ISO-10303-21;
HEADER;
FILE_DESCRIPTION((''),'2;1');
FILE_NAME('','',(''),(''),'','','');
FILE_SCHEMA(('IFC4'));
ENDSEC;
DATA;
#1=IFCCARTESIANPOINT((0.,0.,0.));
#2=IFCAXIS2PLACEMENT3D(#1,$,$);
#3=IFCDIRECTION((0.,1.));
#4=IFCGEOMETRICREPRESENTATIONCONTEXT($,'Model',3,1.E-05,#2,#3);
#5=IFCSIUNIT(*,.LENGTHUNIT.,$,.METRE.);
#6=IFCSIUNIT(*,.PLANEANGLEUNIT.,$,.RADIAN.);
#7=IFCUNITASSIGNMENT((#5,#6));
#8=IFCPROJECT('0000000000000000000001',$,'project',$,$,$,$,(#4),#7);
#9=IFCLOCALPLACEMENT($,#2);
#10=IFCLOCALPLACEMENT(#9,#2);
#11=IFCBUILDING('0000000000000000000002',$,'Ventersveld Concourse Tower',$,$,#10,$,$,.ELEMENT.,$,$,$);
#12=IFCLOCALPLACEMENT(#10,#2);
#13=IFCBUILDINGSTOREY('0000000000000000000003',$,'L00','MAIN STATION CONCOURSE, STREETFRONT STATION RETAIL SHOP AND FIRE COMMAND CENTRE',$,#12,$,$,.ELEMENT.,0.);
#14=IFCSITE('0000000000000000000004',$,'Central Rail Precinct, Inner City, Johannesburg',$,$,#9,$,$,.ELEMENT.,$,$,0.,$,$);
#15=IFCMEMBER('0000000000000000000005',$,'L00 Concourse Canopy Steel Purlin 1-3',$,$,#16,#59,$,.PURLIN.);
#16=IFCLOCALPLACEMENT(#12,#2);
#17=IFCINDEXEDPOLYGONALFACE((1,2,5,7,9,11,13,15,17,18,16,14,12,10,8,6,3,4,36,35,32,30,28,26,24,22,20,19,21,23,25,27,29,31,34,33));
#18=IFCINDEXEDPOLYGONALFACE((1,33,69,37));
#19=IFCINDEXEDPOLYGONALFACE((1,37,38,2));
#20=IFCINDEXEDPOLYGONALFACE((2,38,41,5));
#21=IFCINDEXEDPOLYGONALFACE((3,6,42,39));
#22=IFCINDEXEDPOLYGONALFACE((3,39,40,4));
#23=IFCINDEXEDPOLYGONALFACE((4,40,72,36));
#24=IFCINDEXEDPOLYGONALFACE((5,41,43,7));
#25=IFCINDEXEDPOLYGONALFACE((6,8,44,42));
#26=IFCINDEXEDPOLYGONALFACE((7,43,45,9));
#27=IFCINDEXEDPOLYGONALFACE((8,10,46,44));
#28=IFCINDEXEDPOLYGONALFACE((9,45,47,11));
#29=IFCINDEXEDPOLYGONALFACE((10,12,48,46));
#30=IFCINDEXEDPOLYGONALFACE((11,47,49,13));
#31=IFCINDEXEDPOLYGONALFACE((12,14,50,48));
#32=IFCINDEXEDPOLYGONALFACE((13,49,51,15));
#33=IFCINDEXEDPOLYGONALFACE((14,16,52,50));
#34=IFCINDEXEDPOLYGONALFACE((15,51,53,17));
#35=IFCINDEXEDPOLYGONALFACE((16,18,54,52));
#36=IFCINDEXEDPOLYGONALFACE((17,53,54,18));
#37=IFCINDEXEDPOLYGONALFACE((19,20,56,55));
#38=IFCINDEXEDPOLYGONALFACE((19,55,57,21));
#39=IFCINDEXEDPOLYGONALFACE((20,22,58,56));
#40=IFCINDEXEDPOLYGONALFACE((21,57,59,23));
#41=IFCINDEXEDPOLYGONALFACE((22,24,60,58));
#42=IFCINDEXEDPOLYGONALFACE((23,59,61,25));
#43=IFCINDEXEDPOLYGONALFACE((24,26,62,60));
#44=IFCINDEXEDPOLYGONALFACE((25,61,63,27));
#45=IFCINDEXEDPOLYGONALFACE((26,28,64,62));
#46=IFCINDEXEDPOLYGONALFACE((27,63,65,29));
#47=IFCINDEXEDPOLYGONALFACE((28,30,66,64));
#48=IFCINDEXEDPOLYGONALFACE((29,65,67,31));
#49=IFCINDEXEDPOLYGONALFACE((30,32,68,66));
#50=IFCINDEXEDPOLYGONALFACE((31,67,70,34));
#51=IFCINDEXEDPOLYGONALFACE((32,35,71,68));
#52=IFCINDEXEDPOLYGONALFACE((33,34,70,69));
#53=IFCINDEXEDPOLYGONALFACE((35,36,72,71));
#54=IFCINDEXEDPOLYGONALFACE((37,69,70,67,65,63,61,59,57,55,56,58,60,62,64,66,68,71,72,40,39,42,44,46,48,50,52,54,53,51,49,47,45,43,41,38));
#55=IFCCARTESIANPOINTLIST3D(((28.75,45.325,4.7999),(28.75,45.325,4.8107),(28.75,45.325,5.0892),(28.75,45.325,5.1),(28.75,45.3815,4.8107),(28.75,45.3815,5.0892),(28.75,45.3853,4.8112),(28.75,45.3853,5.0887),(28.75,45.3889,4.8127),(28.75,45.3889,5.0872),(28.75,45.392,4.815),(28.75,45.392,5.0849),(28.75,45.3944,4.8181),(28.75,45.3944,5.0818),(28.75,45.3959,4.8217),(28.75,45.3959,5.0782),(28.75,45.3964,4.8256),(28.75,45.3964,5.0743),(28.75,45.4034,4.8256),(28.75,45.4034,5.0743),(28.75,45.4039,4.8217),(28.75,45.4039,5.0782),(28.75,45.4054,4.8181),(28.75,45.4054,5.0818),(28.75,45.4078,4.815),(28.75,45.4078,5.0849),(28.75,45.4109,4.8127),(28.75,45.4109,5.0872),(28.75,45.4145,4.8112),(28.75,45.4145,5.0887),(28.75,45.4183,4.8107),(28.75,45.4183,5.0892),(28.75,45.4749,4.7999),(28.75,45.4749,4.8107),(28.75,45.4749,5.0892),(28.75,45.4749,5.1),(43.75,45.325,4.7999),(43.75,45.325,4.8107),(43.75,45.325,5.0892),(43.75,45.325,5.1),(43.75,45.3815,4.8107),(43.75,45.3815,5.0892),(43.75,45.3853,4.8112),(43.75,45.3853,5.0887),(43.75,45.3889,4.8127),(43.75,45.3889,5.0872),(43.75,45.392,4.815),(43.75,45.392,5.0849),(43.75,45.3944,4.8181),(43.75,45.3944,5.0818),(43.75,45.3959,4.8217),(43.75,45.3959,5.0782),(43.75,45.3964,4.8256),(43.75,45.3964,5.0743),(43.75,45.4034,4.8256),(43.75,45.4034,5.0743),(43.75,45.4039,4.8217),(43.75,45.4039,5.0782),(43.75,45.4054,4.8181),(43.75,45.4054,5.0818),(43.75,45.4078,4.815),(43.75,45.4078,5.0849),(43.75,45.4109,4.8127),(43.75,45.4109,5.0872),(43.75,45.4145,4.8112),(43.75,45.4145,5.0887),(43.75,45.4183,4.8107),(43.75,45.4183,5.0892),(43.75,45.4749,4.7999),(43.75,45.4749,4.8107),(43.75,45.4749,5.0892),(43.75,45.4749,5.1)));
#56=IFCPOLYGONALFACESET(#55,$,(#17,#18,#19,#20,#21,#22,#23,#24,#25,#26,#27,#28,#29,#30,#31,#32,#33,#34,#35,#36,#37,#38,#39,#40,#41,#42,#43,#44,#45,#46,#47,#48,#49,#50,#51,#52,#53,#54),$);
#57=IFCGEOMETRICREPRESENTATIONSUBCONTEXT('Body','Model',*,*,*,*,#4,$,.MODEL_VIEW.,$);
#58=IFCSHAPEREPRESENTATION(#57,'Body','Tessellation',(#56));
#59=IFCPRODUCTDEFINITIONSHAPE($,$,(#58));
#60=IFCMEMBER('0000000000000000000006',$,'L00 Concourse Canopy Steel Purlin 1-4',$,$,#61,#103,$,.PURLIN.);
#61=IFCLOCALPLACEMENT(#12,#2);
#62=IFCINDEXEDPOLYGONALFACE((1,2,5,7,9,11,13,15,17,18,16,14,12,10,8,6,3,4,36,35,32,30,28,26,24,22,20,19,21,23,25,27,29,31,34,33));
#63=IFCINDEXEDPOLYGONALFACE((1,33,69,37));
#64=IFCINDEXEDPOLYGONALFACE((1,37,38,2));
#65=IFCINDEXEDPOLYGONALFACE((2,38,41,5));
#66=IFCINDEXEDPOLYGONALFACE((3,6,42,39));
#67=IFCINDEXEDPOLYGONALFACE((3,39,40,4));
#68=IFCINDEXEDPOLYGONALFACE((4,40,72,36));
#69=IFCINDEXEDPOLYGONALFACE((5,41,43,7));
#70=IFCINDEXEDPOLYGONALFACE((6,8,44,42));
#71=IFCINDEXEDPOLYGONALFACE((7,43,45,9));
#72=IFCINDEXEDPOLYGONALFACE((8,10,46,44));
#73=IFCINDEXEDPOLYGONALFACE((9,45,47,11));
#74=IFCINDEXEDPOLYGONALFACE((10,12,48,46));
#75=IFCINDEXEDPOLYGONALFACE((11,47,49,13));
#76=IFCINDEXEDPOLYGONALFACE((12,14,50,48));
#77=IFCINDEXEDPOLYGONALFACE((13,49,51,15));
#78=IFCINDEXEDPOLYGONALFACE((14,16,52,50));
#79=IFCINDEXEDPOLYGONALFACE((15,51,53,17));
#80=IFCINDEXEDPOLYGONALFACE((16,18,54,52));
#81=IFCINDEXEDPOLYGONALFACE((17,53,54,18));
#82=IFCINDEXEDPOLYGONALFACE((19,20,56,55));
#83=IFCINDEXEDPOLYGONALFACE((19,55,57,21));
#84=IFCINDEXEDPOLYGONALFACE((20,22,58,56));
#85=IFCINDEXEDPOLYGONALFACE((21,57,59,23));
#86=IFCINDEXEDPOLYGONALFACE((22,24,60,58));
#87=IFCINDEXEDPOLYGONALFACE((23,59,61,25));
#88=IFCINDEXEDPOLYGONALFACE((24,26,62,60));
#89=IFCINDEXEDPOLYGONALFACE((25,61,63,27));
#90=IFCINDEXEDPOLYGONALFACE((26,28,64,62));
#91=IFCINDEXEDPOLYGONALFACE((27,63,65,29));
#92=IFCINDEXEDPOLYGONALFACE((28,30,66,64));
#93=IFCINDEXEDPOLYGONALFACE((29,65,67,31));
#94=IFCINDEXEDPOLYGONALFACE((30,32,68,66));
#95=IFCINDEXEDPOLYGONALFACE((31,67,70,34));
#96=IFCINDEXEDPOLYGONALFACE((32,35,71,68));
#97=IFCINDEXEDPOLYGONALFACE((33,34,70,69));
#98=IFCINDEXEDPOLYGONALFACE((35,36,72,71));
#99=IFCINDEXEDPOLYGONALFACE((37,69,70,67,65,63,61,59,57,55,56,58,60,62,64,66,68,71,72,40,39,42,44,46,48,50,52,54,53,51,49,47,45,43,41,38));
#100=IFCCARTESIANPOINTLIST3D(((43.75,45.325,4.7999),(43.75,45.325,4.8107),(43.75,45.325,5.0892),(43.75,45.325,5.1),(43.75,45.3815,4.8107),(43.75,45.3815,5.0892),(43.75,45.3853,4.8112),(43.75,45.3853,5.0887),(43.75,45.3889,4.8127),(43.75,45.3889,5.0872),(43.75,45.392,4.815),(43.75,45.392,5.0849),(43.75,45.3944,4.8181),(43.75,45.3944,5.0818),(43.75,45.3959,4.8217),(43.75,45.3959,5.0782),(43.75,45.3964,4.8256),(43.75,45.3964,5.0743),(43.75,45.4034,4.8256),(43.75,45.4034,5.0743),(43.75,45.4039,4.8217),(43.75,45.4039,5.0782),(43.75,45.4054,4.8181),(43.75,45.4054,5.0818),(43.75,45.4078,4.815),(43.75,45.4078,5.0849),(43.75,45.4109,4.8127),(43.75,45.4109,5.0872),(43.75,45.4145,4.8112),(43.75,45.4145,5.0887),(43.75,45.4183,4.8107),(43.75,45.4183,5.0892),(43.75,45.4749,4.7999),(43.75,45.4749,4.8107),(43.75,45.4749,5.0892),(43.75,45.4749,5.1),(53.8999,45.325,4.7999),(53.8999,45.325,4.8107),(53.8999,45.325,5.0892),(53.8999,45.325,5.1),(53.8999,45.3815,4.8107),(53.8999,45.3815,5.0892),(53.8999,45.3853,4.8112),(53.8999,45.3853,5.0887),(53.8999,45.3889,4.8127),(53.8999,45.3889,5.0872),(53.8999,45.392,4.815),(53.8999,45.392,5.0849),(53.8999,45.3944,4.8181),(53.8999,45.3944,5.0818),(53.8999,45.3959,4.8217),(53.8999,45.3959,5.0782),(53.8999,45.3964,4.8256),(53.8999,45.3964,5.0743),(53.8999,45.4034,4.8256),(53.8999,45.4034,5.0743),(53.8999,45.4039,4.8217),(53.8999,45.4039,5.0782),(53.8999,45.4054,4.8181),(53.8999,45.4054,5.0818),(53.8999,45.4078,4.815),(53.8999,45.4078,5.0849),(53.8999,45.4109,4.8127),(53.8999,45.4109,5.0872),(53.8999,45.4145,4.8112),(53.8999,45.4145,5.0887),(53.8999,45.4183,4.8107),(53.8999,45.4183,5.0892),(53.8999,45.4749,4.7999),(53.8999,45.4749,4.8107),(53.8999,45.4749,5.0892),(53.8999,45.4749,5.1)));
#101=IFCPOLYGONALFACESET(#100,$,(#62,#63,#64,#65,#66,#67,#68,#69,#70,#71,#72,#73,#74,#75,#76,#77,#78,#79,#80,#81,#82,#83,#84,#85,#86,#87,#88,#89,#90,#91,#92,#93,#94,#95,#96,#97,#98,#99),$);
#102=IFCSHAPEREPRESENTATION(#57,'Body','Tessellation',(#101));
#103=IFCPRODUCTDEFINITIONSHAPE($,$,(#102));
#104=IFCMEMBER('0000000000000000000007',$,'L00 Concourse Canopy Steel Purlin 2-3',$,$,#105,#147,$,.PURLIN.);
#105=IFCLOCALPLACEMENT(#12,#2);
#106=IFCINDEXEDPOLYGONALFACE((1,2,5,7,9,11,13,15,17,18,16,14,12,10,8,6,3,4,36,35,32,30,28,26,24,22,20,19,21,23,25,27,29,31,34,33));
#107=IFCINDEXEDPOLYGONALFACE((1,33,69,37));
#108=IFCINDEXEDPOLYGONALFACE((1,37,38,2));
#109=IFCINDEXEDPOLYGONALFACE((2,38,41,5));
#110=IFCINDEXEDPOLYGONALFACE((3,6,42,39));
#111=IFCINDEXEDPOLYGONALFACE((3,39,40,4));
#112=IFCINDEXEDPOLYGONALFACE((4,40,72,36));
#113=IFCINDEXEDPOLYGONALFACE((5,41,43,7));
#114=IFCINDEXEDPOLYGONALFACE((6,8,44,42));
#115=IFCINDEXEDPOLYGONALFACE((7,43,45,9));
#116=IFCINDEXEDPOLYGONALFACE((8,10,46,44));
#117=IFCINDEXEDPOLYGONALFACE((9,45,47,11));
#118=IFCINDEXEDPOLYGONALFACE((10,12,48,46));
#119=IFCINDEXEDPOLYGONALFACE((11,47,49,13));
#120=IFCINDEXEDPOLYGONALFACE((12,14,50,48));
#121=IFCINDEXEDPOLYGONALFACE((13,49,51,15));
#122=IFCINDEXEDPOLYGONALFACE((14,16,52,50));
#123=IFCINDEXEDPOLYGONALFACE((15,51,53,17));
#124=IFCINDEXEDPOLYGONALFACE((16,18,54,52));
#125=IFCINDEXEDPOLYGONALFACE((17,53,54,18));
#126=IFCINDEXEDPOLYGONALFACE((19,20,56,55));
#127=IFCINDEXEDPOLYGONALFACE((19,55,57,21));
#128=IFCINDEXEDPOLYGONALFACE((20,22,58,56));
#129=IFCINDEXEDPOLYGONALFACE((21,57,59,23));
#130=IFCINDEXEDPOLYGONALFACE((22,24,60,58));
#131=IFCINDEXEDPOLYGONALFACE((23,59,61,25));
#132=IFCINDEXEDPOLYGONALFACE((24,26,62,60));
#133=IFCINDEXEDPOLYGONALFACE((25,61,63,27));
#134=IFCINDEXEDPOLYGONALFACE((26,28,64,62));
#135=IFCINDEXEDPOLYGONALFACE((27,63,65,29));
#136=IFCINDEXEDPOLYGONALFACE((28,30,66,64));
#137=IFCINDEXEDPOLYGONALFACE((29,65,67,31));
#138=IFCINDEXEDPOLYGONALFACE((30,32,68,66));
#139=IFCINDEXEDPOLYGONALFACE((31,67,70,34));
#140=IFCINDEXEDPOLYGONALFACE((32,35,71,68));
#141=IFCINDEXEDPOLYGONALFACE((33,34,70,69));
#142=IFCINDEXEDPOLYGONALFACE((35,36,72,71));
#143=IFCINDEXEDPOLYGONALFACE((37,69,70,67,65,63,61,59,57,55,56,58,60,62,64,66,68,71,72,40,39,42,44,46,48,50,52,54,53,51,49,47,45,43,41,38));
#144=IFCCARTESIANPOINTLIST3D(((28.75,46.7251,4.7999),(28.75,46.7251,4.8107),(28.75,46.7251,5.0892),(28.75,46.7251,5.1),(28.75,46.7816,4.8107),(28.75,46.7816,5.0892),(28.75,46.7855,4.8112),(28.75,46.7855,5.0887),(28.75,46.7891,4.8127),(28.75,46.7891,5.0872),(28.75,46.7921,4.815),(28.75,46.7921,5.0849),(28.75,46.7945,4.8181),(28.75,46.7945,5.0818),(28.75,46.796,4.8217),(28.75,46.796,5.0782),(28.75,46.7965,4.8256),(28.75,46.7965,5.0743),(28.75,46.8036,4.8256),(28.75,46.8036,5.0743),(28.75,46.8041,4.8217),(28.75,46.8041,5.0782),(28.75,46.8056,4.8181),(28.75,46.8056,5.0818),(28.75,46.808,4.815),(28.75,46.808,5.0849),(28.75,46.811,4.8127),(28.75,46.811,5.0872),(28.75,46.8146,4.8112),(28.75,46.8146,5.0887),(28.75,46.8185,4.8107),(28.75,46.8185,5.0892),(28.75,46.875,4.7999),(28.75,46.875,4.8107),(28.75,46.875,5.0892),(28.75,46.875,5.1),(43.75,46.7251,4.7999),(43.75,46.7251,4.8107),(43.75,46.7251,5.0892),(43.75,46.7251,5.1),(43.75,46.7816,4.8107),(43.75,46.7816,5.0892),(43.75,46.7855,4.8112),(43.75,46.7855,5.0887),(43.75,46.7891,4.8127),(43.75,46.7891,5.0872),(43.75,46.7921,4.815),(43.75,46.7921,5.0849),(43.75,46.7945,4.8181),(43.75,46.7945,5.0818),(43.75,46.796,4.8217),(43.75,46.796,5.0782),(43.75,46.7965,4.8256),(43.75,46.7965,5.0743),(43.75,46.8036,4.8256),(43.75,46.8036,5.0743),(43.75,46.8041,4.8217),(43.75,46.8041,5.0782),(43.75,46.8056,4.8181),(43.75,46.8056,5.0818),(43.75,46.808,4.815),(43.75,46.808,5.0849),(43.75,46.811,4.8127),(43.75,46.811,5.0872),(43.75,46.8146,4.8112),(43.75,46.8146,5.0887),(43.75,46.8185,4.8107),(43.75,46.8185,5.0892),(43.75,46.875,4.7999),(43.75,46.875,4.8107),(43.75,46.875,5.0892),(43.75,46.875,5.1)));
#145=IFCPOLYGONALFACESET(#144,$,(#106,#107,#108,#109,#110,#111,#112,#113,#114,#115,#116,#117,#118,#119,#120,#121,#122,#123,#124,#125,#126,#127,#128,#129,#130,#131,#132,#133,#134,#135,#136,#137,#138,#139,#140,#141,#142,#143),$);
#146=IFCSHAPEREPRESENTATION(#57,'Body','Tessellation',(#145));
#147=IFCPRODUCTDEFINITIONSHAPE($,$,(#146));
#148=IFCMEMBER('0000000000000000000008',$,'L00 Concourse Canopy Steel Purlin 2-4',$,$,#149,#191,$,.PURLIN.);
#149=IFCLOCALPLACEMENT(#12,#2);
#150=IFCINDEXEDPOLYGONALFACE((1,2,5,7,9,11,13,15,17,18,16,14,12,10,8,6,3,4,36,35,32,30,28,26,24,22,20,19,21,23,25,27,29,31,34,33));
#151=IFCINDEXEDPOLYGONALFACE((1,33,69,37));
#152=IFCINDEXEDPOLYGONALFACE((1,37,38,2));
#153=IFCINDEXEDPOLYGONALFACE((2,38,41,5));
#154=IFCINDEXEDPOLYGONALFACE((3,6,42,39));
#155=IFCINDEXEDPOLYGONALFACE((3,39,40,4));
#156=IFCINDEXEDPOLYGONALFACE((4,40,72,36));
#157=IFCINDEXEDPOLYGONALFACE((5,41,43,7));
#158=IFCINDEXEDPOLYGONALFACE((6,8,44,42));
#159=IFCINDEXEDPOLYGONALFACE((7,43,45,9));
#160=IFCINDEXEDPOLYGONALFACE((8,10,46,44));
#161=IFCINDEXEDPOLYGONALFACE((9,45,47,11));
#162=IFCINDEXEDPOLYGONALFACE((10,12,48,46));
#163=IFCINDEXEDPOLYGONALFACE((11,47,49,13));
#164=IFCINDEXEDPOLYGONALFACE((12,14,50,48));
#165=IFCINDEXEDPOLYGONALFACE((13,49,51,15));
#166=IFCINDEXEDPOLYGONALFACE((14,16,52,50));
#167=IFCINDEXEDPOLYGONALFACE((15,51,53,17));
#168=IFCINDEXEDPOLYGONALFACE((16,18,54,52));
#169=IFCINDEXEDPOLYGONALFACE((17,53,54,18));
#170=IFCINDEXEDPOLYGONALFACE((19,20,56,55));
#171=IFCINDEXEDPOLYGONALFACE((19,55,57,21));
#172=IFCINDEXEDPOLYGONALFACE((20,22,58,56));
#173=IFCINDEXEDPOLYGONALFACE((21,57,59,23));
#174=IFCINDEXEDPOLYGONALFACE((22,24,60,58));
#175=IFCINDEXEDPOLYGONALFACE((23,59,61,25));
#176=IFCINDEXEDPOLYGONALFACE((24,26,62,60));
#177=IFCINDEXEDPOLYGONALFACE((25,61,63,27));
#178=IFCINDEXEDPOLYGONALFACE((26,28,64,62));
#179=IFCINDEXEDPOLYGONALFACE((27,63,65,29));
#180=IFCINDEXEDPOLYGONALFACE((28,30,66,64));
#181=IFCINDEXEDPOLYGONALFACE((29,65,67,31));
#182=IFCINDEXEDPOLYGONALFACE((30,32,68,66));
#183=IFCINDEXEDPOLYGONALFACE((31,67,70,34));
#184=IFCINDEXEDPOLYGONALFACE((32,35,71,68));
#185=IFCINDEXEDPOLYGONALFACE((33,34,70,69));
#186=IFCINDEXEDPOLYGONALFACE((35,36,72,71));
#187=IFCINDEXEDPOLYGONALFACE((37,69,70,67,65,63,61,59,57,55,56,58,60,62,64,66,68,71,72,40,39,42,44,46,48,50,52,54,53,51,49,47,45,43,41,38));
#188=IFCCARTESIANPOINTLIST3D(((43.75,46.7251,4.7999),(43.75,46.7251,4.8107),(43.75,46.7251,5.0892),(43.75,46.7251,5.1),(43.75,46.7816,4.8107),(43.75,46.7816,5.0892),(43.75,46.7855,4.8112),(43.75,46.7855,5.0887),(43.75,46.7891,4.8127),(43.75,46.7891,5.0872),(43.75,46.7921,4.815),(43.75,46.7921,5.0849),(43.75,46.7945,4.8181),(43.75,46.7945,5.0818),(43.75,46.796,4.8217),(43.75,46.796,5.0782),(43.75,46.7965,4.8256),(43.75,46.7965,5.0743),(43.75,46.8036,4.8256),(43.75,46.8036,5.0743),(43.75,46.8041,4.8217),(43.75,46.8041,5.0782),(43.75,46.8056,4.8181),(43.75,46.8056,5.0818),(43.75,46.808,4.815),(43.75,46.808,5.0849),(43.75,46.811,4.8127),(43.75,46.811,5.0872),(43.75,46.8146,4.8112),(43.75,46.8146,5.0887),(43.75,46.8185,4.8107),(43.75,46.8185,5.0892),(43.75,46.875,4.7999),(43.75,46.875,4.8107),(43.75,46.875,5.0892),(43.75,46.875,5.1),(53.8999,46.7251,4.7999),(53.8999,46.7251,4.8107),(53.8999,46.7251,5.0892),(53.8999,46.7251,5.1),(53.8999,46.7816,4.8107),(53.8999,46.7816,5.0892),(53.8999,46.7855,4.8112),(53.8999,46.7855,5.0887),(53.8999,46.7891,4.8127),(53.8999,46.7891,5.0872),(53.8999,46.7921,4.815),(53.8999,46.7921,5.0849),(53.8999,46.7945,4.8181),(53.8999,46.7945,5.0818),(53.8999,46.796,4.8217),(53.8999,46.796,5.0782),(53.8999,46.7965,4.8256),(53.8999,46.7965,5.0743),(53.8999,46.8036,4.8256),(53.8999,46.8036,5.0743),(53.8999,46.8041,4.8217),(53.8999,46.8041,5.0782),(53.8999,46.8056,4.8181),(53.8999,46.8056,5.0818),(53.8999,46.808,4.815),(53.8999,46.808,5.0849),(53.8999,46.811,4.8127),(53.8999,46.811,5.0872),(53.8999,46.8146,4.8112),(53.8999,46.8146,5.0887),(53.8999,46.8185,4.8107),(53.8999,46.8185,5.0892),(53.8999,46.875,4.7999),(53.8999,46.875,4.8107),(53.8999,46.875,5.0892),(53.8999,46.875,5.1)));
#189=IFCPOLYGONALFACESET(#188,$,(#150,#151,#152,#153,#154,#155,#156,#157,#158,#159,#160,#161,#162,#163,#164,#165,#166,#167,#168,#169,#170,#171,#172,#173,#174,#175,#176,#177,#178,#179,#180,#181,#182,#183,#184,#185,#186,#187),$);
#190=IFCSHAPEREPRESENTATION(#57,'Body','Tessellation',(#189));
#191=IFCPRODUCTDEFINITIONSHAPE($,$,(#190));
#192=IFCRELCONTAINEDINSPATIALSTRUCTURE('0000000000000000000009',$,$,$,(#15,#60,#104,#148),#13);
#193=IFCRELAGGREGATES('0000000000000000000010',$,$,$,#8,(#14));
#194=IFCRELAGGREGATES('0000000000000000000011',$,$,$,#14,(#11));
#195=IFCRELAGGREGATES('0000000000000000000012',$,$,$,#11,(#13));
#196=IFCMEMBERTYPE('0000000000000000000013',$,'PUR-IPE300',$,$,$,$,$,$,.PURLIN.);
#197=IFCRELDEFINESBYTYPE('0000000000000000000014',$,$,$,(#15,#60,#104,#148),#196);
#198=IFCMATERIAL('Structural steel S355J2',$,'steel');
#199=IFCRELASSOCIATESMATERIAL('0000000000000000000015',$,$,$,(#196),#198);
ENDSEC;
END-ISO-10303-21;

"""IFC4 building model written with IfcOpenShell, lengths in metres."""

from ifc_helpers import new_model, si_unit, direction, frame, origin, origin_2d, place, context, subcontext, project, spatial, i_section, extrude, material, material_profile, profile_set, type_object, element, save


model = new_model("IFC4")

# Units and contexts
model_context = context("Model", 3, precision=1e-05, world=origin(), true_north=direction((0.0, 1.0)))
body_context = subcontext(model_context, "Body", "Model", "MODEL_VIEW")
ifc_project = project(units=[si_unit("LENGTHUNIT", "METRE"), si_unit("PLANEANGLEUNIT", "RADIAN")], contexts=[model_context])

# Site, building, storey
site_placement = place(None, origin())
site = spatial("IfcSite", under=ifc_project, at=site_placement, Name="Central Rail Precinct, Inner City, Johannesburg", CompositionType="ELEMENT", RefElevation=0.0)
building_placement = place(site_placement, origin())
building = spatial("IfcBuilding", under=site, at=building_placement, Name="Ventersveld Concourse Tower", CompositionType="ELEMENT")
storey_placement = place(building_placement, origin())
storey = spatial("IfcBuildingStorey", under=building, at=storey_placement, Name="L00", Description="MAIN STATION CONCOURSE, STREETFRONT STATION RETAIL SHOP AND FIRE COMMAND CENTRE", CompositionType="ELEMENT", Elevation=0.0)

# Shared definitions
ifc_material_1 = material(Name="Structural steel S355J2", Category="steel")

# Members
ifc_material_profile_1 = material_profile(ifc_material_1, i_section(OverallWidth=0.1499, OverallDepth=0.3, WebThickness=0.0071, FlangeThickness=0.0107, FilletRadius=0.0149, at=origin_2d()), Name="IPE 300")
ifc_profile_set_1 = profile_set([ifc_material_profile_1], Name="Structural steel S355J2")
member_type_1 = type_object("IfcMemberType", Name="PUR-IPE300", PredefinedType="PURLIN", material=ifc_profile_set_1)
member_1_placement = place(storey_placement, frame((28.75, 45.3999, 4.95), z_axis=(1.0, 0.0, 0.0), x_axis=(0.0, 1.0, 0.0)))
element("IfcMember", 1, at=member_1_placement, inside=storey, type_object=member_type_1, Name="L00 Concourse Canopy Steel Purlin 1-3", PredefinedType="PURLIN", context=body_context, shape_type="SweptSolid", body=[
    extrude(i_section(OverallWidth=0.1499, OverallDepth=0.3, WebThickness=0.0071, FlangeThickness=0.0107, FilletRadius=0.0149, at=origin_2d()), origin(), (0.0, 0.0, 1.0), 15.0),
])
member_2_placement = place(storey_placement, frame((43.75, 45.3999, 4.95), z_axis=(1.0, 0.0, 0.0), x_axis=(0.0, 1.0, 0.0)))
element("IfcMember", 2, at=member_2_placement, inside=storey, type_object=member_type_1, Name="L00 Concourse Canopy Steel Purlin 1-4", PredefinedType="PURLIN", context=body_context, shape_type="SweptSolid", body=[
    extrude(i_section(OverallWidth=0.1499, OverallDepth=0.3, WebThickness=0.0071, FlangeThickness=0.0107, FilletRadius=0.0149, at=origin_2d()), origin(), (0.0, 0.0, 1.0), 10.1499),
])
member_3_placement = place(storey_placement, frame((28.75, 46.8, 4.95), z_axis=(1.0, 0.0, 0.0), x_axis=(0.0, 1.0, 0.0)))
element("IfcMember", 3, at=member_3_placement, inside=storey, type_object=member_type_1, Name="L00 Concourse Canopy Steel Purlin 2-3", PredefinedType="PURLIN", context=body_context, shape_type="SweptSolid", body=[
    extrude(i_section(OverallWidth=0.1499, OverallDepth=0.3, WebThickness=0.0071, FlangeThickness=0.0107, FilletRadius=0.0149, at=origin_2d()), origin(), (0.0, 0.0, 1.0), 15.0),
])
member_4_placement = place(storey_placement, frame((43.75, 46.8, 4.95), z_axis=(1.0, 0.0, 0.0), x_axis=(0.0, 1.0, 0.0)))
element("IfcMember", 4, at=member_4_placement, inside=storey, type_object=member_type_1, Name="L00 Concourse Canopy Steel Purlin 2-4", PredefinedType="PURLIN", context=body_context, shape_type="SweptSolid", body=[
    extrude(i_section(OverallWidth=0.1499, OverallDepth=0.3, WebThickness=0.0071, FlangeThickness=0.0107, FilletRadius=0.0149, at=origin_2d()), origin(), (0.0, 0.0, 1.0), 10.1499),
])

save(model, "model.ifc")
